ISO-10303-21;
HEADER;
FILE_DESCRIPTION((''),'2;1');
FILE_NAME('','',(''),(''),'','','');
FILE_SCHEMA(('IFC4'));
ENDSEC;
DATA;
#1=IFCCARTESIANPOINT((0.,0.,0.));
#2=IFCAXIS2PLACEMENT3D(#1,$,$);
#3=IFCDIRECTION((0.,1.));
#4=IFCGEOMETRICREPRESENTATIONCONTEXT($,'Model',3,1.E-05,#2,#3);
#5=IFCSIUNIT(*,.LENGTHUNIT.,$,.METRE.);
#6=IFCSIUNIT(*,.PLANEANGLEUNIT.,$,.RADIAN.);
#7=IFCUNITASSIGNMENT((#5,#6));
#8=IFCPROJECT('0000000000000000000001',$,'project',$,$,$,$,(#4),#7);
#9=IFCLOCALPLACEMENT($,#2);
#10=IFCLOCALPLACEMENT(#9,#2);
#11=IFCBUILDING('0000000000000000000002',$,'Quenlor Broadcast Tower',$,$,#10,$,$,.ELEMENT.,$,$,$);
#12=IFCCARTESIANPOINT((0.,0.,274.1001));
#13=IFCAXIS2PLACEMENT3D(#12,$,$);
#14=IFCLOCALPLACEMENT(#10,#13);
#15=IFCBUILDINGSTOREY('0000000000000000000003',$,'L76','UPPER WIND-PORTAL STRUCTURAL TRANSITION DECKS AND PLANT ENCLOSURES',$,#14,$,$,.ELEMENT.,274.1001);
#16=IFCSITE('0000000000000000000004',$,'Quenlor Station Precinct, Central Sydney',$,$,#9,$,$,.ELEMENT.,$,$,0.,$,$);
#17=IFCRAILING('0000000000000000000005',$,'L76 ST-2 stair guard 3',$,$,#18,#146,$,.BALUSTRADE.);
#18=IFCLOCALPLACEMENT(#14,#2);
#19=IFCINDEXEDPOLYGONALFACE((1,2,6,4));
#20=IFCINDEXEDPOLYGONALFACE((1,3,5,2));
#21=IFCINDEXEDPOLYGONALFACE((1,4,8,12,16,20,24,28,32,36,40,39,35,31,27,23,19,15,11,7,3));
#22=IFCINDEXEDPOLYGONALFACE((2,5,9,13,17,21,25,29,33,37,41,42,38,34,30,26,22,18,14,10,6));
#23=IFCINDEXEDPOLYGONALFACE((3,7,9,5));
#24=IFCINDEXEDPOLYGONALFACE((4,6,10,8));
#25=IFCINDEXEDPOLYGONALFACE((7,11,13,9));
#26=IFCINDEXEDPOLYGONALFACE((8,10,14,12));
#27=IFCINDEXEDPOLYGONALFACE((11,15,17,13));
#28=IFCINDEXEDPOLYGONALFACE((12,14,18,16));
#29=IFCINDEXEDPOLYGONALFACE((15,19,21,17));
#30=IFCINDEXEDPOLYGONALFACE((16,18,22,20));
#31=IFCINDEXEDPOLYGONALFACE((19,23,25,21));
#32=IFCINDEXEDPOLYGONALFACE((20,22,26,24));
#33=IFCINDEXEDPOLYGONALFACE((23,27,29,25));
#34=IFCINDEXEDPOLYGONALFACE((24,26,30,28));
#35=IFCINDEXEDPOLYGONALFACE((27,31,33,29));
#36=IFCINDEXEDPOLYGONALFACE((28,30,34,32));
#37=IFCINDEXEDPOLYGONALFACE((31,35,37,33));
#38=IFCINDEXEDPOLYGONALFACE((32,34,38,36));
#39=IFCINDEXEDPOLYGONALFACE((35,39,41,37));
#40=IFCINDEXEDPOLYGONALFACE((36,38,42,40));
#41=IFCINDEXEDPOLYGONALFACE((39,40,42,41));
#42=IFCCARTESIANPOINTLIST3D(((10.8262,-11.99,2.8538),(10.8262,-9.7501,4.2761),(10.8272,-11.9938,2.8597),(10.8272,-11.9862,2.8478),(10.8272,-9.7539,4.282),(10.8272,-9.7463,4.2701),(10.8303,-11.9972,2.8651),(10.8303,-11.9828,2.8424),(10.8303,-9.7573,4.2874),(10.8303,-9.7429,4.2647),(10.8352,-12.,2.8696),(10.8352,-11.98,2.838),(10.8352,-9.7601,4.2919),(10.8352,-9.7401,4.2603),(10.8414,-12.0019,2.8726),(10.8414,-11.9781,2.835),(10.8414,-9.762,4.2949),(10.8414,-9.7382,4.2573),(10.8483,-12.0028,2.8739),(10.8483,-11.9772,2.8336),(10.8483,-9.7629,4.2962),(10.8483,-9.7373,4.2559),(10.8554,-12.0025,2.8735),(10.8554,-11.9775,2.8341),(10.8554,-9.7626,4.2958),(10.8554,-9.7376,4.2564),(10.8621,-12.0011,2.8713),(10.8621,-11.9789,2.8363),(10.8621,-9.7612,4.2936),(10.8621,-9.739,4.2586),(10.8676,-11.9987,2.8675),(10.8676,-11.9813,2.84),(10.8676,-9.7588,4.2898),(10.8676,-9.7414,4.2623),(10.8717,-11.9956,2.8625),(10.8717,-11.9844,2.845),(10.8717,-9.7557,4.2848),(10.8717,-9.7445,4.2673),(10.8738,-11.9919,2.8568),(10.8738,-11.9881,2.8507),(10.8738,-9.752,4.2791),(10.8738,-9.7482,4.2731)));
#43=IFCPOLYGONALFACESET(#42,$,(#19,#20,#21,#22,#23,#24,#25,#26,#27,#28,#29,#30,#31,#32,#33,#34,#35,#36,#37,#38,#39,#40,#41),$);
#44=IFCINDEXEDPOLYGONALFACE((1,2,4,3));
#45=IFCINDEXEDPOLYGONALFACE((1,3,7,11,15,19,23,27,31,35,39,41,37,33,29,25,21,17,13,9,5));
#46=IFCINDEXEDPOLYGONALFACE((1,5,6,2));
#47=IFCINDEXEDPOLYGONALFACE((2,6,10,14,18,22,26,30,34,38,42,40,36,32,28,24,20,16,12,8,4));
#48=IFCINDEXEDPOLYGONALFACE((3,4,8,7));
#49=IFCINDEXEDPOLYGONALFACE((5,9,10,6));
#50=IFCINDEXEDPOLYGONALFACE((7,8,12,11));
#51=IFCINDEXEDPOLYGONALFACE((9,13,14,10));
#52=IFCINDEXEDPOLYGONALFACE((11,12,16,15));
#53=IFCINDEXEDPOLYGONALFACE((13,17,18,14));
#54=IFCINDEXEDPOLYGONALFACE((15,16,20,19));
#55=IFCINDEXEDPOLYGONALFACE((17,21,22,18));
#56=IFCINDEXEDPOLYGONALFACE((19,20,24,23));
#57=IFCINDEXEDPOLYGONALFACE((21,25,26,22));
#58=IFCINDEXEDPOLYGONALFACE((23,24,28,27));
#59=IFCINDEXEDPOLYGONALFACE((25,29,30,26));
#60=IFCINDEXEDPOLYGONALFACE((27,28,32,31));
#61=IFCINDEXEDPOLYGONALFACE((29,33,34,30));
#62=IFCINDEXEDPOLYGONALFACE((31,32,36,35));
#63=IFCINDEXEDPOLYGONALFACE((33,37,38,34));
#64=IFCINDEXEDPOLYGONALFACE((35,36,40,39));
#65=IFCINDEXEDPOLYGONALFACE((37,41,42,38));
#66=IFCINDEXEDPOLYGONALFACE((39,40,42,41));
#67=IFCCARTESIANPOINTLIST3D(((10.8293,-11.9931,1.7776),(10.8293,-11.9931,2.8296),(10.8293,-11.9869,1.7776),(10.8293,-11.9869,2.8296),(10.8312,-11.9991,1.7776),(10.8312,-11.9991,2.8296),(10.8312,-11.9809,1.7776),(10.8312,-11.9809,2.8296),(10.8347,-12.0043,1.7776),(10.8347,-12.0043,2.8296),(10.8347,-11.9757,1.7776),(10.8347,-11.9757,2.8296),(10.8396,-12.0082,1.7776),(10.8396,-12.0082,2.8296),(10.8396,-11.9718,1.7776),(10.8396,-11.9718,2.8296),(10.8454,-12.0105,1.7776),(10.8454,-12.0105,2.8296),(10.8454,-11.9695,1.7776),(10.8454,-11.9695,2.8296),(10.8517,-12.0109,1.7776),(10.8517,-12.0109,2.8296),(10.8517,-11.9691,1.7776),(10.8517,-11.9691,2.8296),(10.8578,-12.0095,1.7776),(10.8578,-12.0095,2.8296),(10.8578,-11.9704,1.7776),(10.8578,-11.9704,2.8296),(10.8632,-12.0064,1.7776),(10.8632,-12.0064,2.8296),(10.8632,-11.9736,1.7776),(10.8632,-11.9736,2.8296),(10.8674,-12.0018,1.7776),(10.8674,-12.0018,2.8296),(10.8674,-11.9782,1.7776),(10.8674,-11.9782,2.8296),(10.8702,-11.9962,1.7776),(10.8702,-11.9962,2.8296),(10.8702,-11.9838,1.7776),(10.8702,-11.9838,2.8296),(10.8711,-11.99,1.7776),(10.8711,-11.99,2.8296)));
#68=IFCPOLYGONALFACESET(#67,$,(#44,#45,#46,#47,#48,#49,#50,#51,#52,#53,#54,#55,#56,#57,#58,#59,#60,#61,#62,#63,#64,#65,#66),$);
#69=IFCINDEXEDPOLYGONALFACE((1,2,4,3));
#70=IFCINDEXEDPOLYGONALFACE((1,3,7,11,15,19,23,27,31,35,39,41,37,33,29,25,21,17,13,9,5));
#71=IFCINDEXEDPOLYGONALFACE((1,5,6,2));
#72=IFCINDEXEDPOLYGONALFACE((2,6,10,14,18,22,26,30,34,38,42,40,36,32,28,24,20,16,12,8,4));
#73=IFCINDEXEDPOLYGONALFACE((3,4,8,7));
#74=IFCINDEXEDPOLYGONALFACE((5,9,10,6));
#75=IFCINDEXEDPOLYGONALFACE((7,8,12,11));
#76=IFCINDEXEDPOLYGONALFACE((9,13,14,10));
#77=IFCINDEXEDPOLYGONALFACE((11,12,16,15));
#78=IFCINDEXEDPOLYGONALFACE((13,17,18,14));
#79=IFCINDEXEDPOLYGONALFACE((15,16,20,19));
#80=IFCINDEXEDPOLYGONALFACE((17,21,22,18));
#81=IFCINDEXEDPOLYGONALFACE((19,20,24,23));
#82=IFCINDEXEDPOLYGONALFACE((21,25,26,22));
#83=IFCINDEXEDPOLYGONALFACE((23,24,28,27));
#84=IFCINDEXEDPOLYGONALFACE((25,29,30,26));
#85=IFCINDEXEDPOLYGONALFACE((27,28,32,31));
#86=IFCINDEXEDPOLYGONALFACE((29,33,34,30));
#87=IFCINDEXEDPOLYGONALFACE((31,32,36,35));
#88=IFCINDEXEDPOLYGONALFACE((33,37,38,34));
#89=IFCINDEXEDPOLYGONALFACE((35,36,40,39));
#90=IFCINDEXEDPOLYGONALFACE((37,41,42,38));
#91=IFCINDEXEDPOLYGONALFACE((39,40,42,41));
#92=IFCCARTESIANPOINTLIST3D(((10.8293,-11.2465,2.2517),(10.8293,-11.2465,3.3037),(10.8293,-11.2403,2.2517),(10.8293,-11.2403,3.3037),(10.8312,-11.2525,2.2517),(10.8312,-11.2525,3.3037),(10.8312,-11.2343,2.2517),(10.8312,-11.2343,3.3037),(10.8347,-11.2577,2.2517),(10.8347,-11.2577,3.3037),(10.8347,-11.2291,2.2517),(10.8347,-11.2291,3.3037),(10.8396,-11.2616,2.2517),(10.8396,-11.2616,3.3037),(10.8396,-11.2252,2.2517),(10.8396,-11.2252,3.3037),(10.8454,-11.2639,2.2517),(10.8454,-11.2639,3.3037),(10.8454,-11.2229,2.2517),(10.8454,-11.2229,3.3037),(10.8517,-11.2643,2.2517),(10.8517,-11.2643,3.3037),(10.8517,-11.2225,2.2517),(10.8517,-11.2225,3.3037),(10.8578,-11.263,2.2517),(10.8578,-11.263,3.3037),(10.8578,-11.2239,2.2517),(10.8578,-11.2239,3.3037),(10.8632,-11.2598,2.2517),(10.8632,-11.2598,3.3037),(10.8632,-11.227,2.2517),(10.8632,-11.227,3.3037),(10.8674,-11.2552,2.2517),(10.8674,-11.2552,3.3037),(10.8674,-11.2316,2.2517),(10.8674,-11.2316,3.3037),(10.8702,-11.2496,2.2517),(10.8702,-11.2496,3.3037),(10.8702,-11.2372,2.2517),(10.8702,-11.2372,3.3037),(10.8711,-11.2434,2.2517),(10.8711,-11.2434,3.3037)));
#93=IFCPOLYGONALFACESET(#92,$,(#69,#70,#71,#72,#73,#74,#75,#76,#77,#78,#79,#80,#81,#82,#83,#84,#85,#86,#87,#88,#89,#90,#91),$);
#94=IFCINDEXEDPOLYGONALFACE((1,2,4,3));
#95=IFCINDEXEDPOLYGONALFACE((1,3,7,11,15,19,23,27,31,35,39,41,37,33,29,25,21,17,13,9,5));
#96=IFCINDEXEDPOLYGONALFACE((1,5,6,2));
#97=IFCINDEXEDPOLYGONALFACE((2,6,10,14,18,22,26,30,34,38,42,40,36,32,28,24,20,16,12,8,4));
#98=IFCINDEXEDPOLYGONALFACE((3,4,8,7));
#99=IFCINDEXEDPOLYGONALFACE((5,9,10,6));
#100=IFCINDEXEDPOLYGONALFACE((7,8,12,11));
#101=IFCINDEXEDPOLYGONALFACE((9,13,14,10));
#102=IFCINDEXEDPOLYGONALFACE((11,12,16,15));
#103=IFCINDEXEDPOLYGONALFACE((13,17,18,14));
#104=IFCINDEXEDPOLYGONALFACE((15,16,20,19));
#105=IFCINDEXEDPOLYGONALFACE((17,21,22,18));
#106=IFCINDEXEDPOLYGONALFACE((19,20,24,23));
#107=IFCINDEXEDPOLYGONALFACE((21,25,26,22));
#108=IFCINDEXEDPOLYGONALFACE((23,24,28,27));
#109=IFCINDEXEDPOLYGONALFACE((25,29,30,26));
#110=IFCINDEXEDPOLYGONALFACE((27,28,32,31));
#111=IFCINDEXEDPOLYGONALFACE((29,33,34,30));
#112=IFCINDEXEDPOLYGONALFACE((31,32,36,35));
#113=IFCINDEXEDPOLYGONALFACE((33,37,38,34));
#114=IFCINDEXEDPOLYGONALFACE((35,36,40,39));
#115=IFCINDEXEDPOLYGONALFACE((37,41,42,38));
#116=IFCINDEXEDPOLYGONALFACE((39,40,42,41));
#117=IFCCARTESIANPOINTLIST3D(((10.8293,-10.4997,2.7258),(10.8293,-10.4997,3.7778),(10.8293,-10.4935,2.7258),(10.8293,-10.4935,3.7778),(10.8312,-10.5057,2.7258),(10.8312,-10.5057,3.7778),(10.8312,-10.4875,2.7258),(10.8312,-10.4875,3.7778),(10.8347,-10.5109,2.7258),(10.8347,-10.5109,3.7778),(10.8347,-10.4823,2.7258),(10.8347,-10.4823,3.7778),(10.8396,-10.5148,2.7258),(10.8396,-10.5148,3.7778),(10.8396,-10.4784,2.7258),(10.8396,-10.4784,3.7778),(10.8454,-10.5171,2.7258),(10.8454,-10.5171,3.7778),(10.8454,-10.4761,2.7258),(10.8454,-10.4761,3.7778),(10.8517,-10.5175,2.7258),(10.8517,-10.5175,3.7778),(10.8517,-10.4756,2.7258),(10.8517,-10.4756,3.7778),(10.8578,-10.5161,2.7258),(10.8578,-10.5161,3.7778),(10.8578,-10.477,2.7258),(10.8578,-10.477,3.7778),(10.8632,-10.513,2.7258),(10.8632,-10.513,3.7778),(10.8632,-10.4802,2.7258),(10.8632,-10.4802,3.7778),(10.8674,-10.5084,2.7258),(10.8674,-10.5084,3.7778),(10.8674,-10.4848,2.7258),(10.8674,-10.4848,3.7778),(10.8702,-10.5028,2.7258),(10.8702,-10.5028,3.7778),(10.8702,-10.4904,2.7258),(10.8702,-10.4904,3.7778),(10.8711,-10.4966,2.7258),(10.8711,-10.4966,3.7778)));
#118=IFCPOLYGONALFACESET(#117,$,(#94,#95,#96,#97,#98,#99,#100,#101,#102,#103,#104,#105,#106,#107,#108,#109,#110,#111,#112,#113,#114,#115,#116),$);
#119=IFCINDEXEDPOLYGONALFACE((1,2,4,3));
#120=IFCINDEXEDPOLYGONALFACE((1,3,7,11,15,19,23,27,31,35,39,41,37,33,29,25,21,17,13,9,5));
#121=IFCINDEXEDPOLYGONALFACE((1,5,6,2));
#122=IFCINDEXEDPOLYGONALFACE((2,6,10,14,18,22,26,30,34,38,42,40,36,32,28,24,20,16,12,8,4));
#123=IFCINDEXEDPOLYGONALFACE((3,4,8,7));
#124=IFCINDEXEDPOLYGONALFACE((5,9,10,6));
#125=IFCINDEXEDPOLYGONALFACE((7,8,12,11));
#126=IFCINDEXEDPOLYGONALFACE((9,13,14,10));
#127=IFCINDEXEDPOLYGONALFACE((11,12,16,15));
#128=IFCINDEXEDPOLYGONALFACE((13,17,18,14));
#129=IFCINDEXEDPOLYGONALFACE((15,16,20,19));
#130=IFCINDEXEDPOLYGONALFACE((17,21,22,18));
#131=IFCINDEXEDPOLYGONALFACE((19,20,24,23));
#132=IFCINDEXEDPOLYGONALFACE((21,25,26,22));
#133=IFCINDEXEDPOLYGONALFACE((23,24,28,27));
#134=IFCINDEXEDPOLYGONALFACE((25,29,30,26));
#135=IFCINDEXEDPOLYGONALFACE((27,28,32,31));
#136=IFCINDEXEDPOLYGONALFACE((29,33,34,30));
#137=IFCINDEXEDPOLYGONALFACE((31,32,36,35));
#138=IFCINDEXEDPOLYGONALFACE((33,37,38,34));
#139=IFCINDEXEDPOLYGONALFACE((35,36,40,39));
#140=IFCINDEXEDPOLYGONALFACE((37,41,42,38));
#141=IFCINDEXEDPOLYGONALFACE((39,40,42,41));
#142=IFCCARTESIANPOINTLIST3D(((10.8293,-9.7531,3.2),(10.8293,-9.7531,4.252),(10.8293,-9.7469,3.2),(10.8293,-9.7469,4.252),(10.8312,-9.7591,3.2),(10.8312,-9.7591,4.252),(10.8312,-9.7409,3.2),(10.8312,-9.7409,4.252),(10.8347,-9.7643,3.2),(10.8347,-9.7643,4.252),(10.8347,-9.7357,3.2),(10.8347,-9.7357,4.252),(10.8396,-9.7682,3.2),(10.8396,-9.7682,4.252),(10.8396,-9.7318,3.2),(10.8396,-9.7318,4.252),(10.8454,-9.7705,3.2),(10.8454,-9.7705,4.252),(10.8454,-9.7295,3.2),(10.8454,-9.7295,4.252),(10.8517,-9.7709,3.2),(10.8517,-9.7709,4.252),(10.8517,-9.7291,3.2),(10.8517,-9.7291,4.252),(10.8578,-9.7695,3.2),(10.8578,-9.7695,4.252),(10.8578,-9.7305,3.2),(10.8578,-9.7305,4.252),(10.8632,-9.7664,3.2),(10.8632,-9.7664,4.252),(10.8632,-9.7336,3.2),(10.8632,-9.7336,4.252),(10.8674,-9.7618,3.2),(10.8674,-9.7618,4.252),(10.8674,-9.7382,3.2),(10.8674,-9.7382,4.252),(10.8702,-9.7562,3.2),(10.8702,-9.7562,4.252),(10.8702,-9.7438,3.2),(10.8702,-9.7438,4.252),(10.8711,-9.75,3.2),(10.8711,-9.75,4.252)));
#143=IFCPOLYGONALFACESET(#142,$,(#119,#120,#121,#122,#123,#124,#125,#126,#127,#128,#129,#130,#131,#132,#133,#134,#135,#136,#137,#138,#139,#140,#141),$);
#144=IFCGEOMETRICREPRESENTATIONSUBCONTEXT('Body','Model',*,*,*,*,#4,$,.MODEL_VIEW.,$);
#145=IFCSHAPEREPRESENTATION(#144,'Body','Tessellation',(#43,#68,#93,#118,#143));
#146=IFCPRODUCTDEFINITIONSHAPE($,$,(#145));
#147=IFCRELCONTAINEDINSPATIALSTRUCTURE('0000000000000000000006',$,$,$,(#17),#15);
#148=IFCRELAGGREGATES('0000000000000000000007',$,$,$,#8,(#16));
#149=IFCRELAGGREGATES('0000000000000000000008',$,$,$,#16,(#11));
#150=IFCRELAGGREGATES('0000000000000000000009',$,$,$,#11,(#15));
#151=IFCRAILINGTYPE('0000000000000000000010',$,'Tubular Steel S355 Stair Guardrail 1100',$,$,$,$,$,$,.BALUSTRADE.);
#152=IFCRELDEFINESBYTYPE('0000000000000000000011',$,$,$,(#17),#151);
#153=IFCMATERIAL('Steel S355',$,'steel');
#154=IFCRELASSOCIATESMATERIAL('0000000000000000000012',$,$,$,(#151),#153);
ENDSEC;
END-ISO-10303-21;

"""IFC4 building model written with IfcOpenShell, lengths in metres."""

from ifc_helpers import new_model, si_unit, direction, frame, origin, origin_2d, place, context, subcontext, project, spatial, circle, extrude, material, type_object, element, save


model = new_model("IFC4")

# Units and contexts
model_context = context("Model", 3, precision=1e-05, world=origin(), true_north=direction((0.0, 1.0)))
body_context = subcontext(model_context, "Body", "Model", "MODEL_VIEW")
ifc_project = project(units=[si_unit("LENGTHUNIT", "METRE"), si_unit("PLANEANGLEUNIT", "RADIAN")], contexts=[model_context])

# Site, building, storey
site_placement = place(None, origin())
site = spatial("IfcSite", under=ifc_project, at=site_placement, Name="Quenlor Station Precinct, Central Sydney", CompositionType="ELEMENT", RefElevation=0.0)
building_placement = place(site_placement, origin())
building = spatial("IfcBuilding", under=site, at=building_placement, Name="Quenlor Broadcast Tower", CompositionType="ELEMENT")
storey_placement = place(building_placement, frame((0.0, 0.0, 274.1001)))
storey = spatial("IfcBuildingStorey", under=building, at=storey_placement, Name="L76", Description="UPPER WIND-PORTAL STRUCTURAL TRANSITION DECKS AND PLANT ENCLOSURES", CompositionType="ELEMENT", Elevation=274.1001)

# Railing
ifc_material_1 = material(Name="Steel S355", Category="steel")
railing_type_1 = type_object("IfcRailingType", Name="Tubular Steel S355 Stair Guardrail 1100", PredefinedType="BALUSTRADE", material=ifc_material_1)
railing_1_placement = place(storey_placement, frame((10.8501, -11.99, 1.7776)))
element("IfcRailing", 1, at=railing_1_placement, inside=storey, type_object=railing_type_1, Name="L76 ST-2 stair guard 3", PredefinedType="BALUSTRADE", context=body_context, shape_type="SweptSolid", body=[
    extrude(circle(Radius=0.0239, at=origin_2d()), frame((0.0, 0.0, 1.0762), z_axis=(0.0, 0.844188, 0.536048), x_axis=(-1.0, 0.0, 0.0)), (0.0, 0.0, 1.0), 2.6533),
    extrude(circle(Radius=0.021, at=origin_2d()), origin(), (0.0, 0.0, 1.0), 1.052),
    extrude(circle(Radius=0.021, at=origin_2d()), frame((0.0, 0.7466, 0.4741)), (0.0, 0.0, 1.0), 1.052),
    extrude(circle(Radius=0.021, at=origin_2d()), frame((0.0, 1.4934, 0.9482)), (0.0, 0.0, 1.0), 1.052),
    extrude(circle(Radius=0.021, at=origin_2d()), frame((0.0, 2.24, 1.4224)), (0.0, 0.0, 1.0), 1.052),
])

save(model, "model.ifc")
